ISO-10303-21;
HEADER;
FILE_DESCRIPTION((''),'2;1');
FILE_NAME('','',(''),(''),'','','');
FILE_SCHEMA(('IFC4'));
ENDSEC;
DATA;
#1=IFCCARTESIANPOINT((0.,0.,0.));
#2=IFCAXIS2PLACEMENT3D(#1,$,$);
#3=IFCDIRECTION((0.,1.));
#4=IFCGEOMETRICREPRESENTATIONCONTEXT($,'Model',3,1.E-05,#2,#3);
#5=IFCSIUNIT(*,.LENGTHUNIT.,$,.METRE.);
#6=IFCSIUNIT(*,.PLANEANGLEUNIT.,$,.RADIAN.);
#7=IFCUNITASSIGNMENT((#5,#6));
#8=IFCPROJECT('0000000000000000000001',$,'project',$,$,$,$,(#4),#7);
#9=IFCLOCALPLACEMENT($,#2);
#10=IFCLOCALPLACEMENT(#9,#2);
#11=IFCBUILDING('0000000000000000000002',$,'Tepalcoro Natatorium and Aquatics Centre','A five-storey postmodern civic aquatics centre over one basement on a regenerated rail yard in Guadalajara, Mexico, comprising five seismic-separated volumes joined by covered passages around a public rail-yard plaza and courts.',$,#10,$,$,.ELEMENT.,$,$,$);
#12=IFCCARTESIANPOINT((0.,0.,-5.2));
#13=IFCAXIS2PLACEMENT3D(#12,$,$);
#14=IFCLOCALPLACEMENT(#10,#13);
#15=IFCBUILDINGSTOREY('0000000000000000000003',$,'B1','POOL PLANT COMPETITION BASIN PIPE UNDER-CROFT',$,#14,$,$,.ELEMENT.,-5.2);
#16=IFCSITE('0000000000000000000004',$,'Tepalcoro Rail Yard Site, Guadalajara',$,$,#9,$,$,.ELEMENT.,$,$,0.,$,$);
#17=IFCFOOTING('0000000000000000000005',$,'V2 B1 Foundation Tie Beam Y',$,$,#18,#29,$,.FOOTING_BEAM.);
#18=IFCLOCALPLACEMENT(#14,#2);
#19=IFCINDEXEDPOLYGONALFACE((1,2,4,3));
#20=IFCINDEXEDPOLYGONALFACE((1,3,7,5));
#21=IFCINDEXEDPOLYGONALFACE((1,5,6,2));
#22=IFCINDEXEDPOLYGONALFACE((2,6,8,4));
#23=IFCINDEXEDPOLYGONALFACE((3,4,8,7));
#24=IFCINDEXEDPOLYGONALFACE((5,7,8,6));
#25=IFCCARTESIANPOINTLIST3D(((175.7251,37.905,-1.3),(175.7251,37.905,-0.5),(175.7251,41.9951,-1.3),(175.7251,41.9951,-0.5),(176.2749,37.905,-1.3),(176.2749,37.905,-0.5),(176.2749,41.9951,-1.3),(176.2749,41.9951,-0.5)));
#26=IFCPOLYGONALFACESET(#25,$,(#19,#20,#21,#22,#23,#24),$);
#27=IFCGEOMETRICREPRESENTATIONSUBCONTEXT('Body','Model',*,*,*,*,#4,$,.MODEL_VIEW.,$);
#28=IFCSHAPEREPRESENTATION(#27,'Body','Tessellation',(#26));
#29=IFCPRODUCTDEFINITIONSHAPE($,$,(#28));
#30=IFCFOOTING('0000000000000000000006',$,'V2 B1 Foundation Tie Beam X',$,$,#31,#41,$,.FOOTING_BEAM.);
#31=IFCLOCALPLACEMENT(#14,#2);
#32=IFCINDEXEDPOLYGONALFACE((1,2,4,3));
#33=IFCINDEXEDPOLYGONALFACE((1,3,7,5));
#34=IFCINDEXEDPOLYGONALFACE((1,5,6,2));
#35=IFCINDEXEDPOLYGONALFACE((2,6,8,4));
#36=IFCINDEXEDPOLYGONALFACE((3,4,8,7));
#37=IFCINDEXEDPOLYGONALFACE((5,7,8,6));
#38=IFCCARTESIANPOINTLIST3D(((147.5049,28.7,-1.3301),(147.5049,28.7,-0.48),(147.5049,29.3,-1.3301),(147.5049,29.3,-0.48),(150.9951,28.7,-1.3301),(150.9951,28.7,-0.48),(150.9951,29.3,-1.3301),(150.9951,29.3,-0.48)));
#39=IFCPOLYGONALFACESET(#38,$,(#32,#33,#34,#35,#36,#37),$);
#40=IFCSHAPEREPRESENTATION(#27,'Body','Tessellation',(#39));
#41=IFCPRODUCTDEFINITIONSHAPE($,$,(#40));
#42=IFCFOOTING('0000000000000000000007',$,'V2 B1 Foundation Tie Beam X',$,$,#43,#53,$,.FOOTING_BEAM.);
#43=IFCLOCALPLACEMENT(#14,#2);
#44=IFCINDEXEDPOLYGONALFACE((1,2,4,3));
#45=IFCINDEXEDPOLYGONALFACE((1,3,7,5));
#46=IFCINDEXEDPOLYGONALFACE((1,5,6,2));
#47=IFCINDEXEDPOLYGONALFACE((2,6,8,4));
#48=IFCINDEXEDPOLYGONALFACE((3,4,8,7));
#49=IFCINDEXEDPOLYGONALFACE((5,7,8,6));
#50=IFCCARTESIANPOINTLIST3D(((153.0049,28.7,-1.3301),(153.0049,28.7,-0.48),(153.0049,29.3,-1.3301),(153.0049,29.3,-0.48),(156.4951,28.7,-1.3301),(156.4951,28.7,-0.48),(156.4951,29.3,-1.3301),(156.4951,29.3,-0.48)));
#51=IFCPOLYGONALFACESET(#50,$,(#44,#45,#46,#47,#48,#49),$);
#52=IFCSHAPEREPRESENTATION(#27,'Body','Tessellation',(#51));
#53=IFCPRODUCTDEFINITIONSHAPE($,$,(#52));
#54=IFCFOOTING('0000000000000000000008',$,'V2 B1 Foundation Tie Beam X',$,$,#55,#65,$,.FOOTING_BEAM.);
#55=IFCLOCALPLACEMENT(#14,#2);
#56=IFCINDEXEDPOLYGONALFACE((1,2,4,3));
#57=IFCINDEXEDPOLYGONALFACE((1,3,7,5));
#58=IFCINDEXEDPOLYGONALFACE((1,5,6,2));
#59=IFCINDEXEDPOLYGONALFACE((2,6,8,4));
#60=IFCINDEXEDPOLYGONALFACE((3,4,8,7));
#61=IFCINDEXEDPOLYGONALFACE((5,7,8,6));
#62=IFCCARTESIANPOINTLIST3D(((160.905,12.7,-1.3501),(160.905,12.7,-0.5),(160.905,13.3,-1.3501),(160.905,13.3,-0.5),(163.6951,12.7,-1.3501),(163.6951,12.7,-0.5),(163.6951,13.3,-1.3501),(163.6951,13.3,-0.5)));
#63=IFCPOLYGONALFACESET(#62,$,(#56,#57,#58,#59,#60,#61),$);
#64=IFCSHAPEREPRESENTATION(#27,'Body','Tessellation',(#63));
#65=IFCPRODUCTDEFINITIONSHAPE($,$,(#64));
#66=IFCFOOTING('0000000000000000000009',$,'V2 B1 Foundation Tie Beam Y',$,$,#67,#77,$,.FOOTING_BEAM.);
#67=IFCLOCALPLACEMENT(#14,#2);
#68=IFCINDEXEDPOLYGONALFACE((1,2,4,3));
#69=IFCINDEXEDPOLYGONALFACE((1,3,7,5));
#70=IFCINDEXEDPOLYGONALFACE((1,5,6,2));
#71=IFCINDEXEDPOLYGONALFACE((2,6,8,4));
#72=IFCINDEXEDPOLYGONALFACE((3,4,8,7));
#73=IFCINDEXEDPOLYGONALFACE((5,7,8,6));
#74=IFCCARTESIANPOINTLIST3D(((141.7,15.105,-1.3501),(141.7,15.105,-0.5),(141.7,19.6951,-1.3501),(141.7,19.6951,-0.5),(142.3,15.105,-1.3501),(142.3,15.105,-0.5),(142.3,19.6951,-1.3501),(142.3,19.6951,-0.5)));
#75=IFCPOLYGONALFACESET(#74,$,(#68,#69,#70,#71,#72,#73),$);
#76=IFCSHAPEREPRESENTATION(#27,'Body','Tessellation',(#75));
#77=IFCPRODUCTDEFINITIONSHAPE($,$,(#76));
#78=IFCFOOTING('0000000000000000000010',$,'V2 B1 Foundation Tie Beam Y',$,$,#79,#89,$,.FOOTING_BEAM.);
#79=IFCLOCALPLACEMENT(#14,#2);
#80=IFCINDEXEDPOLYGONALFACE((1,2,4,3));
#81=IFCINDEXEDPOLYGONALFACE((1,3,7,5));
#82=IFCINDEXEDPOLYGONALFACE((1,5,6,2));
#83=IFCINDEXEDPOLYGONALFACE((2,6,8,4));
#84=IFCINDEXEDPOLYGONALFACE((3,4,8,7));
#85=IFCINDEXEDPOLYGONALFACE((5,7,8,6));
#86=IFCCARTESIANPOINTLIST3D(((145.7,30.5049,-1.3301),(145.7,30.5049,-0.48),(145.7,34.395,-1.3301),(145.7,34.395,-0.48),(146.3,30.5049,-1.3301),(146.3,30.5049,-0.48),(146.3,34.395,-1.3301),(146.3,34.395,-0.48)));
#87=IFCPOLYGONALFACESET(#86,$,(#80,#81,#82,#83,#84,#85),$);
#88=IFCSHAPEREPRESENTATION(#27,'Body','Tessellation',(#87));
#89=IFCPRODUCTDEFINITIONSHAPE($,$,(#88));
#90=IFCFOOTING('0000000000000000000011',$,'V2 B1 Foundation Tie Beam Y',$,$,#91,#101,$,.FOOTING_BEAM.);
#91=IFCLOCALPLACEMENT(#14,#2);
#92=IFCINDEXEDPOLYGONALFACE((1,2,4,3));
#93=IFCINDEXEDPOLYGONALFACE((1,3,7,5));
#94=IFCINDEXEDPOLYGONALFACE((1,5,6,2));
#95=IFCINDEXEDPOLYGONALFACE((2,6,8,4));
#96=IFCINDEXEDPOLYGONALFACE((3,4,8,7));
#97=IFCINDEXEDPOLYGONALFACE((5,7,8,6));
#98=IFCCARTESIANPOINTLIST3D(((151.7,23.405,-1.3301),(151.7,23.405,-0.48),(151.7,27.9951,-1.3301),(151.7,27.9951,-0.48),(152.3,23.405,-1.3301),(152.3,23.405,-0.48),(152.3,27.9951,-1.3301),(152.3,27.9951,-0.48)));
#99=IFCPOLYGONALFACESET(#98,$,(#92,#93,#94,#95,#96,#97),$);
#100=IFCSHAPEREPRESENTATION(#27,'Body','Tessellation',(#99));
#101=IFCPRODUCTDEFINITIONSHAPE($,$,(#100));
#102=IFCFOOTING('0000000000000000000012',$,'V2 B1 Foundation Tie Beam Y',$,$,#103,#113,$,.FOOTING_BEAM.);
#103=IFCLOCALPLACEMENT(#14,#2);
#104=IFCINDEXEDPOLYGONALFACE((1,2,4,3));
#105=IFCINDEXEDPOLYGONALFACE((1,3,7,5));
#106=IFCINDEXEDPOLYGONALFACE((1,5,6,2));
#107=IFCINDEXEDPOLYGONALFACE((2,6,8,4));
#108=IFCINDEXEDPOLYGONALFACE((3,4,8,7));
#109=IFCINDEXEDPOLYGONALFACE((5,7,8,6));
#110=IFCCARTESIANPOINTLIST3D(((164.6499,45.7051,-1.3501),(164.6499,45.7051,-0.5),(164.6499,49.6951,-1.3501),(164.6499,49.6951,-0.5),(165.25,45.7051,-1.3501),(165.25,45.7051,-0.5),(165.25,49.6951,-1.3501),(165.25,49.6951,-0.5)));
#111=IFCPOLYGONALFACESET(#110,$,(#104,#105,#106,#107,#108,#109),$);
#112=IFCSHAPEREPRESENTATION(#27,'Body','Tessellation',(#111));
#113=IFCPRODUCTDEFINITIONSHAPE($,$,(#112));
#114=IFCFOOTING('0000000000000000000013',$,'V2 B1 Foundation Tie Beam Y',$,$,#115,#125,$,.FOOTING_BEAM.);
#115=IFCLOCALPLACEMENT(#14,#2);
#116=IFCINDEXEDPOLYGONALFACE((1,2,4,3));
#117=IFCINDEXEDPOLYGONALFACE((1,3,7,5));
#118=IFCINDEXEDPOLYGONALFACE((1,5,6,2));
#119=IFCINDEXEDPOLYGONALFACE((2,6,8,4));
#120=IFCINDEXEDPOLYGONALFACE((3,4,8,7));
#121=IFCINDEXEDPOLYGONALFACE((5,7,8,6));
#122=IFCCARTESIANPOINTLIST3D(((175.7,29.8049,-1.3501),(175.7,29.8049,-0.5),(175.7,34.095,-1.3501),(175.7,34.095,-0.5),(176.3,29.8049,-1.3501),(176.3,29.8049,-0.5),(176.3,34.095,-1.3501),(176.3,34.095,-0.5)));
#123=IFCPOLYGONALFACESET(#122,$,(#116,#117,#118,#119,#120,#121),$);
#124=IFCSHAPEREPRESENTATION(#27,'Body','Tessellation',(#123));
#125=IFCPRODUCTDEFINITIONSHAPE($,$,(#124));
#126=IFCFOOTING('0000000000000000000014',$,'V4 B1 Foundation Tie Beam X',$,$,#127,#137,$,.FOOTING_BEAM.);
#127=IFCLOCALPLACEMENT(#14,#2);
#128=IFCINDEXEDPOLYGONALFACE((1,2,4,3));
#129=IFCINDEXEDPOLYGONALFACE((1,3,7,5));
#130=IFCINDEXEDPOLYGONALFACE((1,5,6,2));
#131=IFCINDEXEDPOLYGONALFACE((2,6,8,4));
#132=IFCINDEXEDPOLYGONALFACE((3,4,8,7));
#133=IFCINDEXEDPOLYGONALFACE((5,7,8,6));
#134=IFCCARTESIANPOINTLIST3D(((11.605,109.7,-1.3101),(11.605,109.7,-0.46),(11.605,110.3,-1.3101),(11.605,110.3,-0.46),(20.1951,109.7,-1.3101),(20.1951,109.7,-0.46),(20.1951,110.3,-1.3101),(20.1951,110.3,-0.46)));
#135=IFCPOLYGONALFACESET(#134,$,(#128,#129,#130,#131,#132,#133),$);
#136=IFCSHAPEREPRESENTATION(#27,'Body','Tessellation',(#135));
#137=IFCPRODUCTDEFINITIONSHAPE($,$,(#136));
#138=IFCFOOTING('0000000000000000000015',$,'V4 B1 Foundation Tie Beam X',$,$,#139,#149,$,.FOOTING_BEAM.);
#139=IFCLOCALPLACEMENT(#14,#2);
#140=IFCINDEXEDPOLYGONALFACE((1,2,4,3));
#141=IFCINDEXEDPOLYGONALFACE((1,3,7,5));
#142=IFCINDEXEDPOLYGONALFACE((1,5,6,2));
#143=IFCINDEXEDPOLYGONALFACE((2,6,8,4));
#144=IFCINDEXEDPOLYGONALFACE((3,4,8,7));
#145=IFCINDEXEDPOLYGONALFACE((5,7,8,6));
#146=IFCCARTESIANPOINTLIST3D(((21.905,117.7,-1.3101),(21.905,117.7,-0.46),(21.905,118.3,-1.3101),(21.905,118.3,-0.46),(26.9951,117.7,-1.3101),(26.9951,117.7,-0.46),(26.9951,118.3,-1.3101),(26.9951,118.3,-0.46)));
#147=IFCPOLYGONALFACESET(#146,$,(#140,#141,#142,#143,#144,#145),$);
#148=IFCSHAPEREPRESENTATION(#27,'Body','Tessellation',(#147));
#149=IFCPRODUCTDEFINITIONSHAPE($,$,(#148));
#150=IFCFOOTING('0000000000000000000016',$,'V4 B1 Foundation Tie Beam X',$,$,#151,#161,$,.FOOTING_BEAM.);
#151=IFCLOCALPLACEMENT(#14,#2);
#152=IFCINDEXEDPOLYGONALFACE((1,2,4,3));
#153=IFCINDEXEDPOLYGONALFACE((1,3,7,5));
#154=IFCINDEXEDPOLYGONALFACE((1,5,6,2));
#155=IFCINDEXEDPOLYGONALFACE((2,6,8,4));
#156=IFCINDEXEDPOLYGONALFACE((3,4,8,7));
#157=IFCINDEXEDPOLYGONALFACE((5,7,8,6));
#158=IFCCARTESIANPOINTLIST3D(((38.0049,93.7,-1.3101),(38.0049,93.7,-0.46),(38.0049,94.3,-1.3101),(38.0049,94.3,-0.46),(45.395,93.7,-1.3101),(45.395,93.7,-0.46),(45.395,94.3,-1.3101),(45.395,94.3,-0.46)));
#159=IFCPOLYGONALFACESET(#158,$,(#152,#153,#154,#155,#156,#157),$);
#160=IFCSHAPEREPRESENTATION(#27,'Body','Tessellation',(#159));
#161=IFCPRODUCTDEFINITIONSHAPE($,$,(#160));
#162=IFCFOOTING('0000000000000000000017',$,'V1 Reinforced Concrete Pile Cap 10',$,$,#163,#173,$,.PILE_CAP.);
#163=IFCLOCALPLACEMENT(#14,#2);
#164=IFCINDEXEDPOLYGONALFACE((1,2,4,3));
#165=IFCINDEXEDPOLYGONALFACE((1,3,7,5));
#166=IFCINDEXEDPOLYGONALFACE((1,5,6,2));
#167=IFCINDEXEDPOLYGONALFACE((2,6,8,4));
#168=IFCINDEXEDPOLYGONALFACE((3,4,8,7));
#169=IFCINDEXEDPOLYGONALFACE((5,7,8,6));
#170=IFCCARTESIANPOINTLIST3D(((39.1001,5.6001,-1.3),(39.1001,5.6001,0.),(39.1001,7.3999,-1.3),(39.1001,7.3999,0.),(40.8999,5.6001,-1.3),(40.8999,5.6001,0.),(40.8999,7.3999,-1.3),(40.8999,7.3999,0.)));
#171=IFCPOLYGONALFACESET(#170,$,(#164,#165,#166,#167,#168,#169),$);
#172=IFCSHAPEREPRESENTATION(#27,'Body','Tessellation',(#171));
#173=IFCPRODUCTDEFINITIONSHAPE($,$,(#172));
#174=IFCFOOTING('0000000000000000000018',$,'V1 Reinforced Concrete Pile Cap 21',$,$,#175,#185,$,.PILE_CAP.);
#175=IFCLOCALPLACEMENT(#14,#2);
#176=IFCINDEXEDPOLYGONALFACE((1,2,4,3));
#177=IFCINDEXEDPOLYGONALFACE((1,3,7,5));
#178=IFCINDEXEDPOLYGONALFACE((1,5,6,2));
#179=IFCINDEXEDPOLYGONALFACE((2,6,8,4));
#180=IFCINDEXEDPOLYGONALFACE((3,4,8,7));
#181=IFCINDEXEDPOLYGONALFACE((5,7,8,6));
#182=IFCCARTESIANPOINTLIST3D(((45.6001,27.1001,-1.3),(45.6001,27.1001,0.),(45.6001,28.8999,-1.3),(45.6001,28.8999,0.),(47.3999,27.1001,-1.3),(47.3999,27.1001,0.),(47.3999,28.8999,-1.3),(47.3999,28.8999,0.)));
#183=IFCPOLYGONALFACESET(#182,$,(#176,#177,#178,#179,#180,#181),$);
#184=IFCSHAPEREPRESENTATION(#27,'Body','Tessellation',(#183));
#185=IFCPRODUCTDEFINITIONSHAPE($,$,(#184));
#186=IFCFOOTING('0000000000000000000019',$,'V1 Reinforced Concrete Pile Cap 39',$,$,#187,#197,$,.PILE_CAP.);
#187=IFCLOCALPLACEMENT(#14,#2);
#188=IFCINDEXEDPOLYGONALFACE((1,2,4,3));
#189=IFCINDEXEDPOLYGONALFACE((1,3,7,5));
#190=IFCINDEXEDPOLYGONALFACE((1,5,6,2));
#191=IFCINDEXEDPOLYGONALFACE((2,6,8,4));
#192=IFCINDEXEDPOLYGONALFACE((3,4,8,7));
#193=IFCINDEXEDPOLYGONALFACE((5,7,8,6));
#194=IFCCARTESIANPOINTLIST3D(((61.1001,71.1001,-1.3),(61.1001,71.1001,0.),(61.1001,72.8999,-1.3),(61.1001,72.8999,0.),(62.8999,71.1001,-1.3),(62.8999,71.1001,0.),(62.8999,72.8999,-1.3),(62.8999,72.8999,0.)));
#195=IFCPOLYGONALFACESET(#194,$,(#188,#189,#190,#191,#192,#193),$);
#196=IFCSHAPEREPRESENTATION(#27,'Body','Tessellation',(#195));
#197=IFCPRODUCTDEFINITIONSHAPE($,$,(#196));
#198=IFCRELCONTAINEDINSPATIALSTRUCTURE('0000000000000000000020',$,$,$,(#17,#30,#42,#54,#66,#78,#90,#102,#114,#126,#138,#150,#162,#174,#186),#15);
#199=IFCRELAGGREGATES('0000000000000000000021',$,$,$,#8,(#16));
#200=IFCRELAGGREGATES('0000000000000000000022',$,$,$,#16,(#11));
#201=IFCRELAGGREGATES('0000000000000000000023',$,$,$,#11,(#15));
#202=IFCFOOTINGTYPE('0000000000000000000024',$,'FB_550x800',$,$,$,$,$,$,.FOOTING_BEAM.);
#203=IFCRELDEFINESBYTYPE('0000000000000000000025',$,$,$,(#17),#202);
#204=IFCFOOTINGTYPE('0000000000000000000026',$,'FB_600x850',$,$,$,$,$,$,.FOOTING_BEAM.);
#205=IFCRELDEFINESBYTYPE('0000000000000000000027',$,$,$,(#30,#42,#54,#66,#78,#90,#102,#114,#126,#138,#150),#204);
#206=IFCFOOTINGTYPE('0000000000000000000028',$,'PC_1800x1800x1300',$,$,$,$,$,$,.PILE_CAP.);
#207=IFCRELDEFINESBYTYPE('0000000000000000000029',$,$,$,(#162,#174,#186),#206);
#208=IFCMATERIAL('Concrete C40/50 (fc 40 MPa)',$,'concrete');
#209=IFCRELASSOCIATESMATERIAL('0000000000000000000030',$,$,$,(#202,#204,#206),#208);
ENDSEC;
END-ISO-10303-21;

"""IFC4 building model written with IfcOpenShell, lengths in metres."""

from ifc_helpers import new_model, si_unit, direction, frame, origin, place, context, subcontext, project, spatial, polyline, outline, extrude, material, type_object, element, save


model = new_model("IFC4")

# Units and contexts
model_context = context("Model", 3, precision=1e-05, world=origin(), true_north=direction((0.0, 1.0)))
body_context = subcontext(model_context, "Body", "Model", "MODEL_VIEW")
ifc_project = project(units=[si_unit("LENGTHUNIT", "METRE"), si_unit("PLANEANGLEUNIT", "RADIAN")], contexts=[model_context])

# Site, building, storey
site_placement = place(None, origin())
site = spatial("IfcSite", under=ifc_project, at=site_placement, Name="Tepalcoro Rail Yard Site, Guadalajara", CompositionType="ELEMENT", RefElevation=0.0)
building_placement = place(site_placement, origin())
building = spatial("IfcBuilding", under=site, at=building_placement, Name="Tepalcoro Natatorium and Aquatics Centre", Description="A five-storey postmodern civic aquatics centre over one basement on a regenerated rail yard in Guadalajara, Mexico, comprising five seismic-separated volumes joined by covered passages around a public rail-yard plaza and courts.", CompositionType="ELEMENT")
storey_placement = place(building_placement, frame((0.0, 0.0, -5.2)))
storey = spatial("IfcBuildingStorey", under=building, at=storey_placement, Name="B1", Description="POOL PLANT COMPETITION BASIN PIPE UNDER-CROFT", CompositionType="ELEMENT", Elevation=-5.2)

# Footings
ifc_material = material(Name="Concrete C40/50 (fc 40 MPa)", Category="concrete")
footing_type_1 = type_object("IfcFootingType", Name="FB_550x800", PredefinedType="FOOTING_BEAM", material=ifc_material)
footing_1_placement = place(storey_placement, frame((0.0, 0.0, -1.3)))
element("IfcFooting", 1, at=footing_1_placement, inside=storey, type_object=footing_type_1, Name="V2 B1 Foundation Tie Beam Y", PredefinedType="FOOTING_BEAM", context=body_context, shape_type="SweptSolid", body=[
    extrude(outline(polyline([(176.2749, 37.905), (176.2749, 41.9951), (175.7251, 41.9951), (175.7251, 37.905), (176.2749, 37.905)])), origin(), (0.0, 0.0, 1.0), 0.8),
])
footing_type_2 = type_object("IfcFootingType", Name="FB_600x850", PredefinedType="FOOTING_BEAM", material=ifc_material)
footing_2_placement = place(storey_placement, frame((0.0, 0.0, -1.3301)))
element("IfcFooting", 2, at=footing_2_placement, inside=storey, type_object=footing_type_2, Name="V2 B1 Foundation Tie Beam X", PredefinedType="FOOTING_BEAM", context=body_context, shape_type="SweptSolid", body=[
    extrude(outline(polyline([(147.5049, 28.7), (150.9951, 28.7), (150.9951, 29.3), (147.5049, 29.3), (147.5049, 28.7)])), origin(), (0.0, 0.0, 1.0), 0.8501),
])
footing_3_placement = place(storey_placement, frame((0.0, 0.0, -1.3301)))
element("IfcFooting", 3, at=footing_3_placement, inside=storey, type_object=footing_type_2, Name="V2 B1 Foundation Tie Beam X", PredefinedType="FOOTING_BEAM", context=body_context, shape_type="SweptSolid", body=[
    extrude(outline(polyline([(153.0049, 28.7), (156.4951, 28.7), (156.4951, 29.3), (153.0049, 29.3), (153.0049, 28.7)])), origin(), (0.0, 0.0, 1.0), 0.8501),
])
footing_4_placement = place(storey_placement, frame((0.0, 0.0, -1.3501)))
element("IfcFooting", 4, at=footing_4_placement, inside=storey, type_object=footing_type_2, Name="V2 B1 Foundation Tie Beam X", PredefinedType="FOOTING_BEAM", context=body_context, shape_type="SweptSolid", body=[
    extrude(outline(polyline([(160.905, 12.7), (163.6951, 12.7), (163.6951, 13.3), (160.905, 13.3), (160.905, 12.7)])), origin(), (0.0, 0.0, 1.0), 0.8501),
])
footing_5_placement = place(storey_placement, frame((0.0, 0.0, -1.3501)))
element("IfcFooting", 5, at=footing_5_placement, inside=storey, type_object=footing_type_2, Name="V2 B1 Foundation Tie Beam Y", PredefinedType="FOOTING_BEAM", context=body_context, shape_type="SweptSolid", body=[
    extrude(outline(polyline([(142.3, 15.105), (142.3, 19.6951), (141.7, 19.6951), (141.7, 15.105), (142.3, 15.105)])), origin(), (0.0, 0.0, 1.0), 0.8501),
])
footing_6_placement = place(storey_placement, frame((0.0, 0.0, -1.3301)))
element("IfcFooting", 6, at=footing_6_placement, inside=storey, type_object=footing_type_2, Name="V2 B1 Foundation Tie Beam Y", PredefinedType="FOOTING_BEAM", context=body_context, shape_type="SweptSolid", body=[
    extrude(outline(polyline([(146.3, 30.5049), (146.3, 34.395), (145.7, 34.395), (145.7, 30.5049), (146.3, 30.5049)])), origin(), (0.0, 0.0, 1.0), 0.8501),
])
footing_7_placement = place(storey_placement, frame((0.0, 0.0, -1.3301)))
element("IfcFooting", 7, at=footing_7_placement, inside=storey, type_object=footing_type_2, Name="V2 B1 Foundation Tie Beam Y", PredefinedType="FOOTING_BEAM", context=body_context, shape_type="SweptSolid", body=[
    extrude(outline(polyline([(152.3, 23.405), (152.3, 27.9951), (151.7, 27.9951), (151.7, 23.405), (152.3, 23.405)])), origin(), (0.0, 0.0, 1.0), 0.8501),
])
footing_8_placement = place(storey_placement, frame((0.0, 0.0, -1.3501)))
element("IfcFooting", 8, at=footing_8_placement, inside=storey, type_object=footing_type_2, Name="V2 B1 Foundation Tie Beam Y", PredefinedType="FOOTING_BEAM", context=body_context, shape_type="SweptSolid", body=[
    extrude(outline(polyline([(165.25, 45.7051), (165.25, 49.6951), (164.6499, 49.6951), (164.6499, 45.7051), (165.25, 45.7051)])), origin(), (0.0, 0.0, 1.0), 0.8501),
])
footing_9_placement = place(storey_placement, frame((0.0, 0.0, -1.3501)))
element("IfcFooting", 9, at=footing_9_placement, inside=storey, type_object=footing_type_2, Name="V2 B1 Foundation Tie Beam Y", PredefinedType="FOOTING_BEAM", context=body_context, shape_type="SweptSolid", body=[
    extrude(outline(polyline([(176.3, 29.8049), (176.3, 34.095), (175.7, 34.095), (175.7, 29.8049), (176.3, 29.8049)])), origin(), (0.0, 0.0, 1.0), 0.8501),
])
footing_10_placement = place(storey_placement, frame((0.0, 0.0, -1.3101)))
element("IfcFooting", 10, at=footing_10_placement, inside=storey, type_object=footing_type_2, Name="V4 B1 Foundation Tie Beam X", PredefinedType="FOOTING_BEAM", context=body_context, shape_type="SweptSolid", body=[
    extrude(outline(polyline([(11.605, 109.7), (20.1951, 109.7), (20.1951, 110.3), (11.605, 110.3), (11.605, 109.7)])), origin(), (0.0, 0.0, 1.0), 0.8501),
])
footing_11_placement = place(storey_placement, frame((0.0, 0.0, -1.3101)))
element("IfcFooting", 11, at=footing_11_placement, inside=storey, type_object=footing_type_2, Name="V4 B1 Foundation Tie Beam X", PredefinedType="FOOTING_BEAM", context=body_context, shape_type="SweptSolid", body=[
    extrude(outline(polyline([(21.905, 117.7), (26.9951, 117.7), (26.9951, 118.3), (21.905, 118.3), (21.905, 117.7)])), origin(), (0.0, 0.0, 1.0), 0.8501),
])
footing_12_placement = place(storey_placement, frame((0.0, 0.0, -1.3101)))
element("IfcFooting", 12, at=footing_12_placement, inside=storey, type_object=footing_type_2, Name="V4 B1 Foundation Tie Beam X", PredefinedType="FOOTING_BEAM", context=body_context, shape_type="SweptSolid", body=[
    extrude(outline(polyline([(38.0049, 93.7), (45.395, 93.7), (45.395, 94.3), (38.0049, 94.3), (38.0049, 93.7)])), origin(), (0.0, 0.0, 1.0), 0.8501),
])
footing_type_3 = type_object("IfcFootingType", Name="PC_1800x1800x1300", PredefinedType="PILE_CAP", material=ifc_material)
footing_13_placement = place(storey_placement, frame((0.0, 0.0, -1.3)))
element("IfcFooting", 13, at=footing_13_placement, inside=storey, type_object=footing_type_3, Name="V1 Reinforced Concrete Pile Cap 10", PredefinedType="PILE_CAP", context=body_context, shape_type="SweptSolid", body=[
    extrude(outline(polyline([(39.1001, 5.6001), (40.8999, 5.6001), (40.8999, 7.3999), (39.1001, 7.3999), (39.1001, 5.6001)])), origin(), (0.0, 0.0, 1.0), 1.3),
])
footing_14_placement = place(storey_placement, frame((0.0, 0.0, -1.3)))
element("IfcFooting", 14, at=footing_14_placement, inside=storey, type_object=footing_type_3, Name="V1 Reinforced Concrete Pile Cap 21", PredefinedType="PILE_CAP", context=body_context, shape_type="SweptSolid", body=[
    extrude(outline(polyline([(45.6001, 27.1001), (47.3999, 27.1001), (47.3999, 28.8999), (45.6001, 28.8999), (45.6001, 27.1001)])), origin(), (0.0, 0.0, 1.0), 1.3),
])
footing_15_placement = place(storey_placement, frame((0.0, 0.0, -1.3)))
element("IfcFooting", 15, at=footing_15_placement, inside=storey, type_object=footing_type_3, Name="V1 Reinforced Concrete Pile Cap 39", PredefinedType="PILE_CAP", context=body_context, shape_type="SweptSolid", body=[
    extrude(outline(polyline([(61.1001, 71.1001), (62.8999, 71.1001), (62.8999, 72.8999), (61.1001, 72.8999), (61.1001, 71.1001)])), origin(), (0.0, 0.0, 1.0), 1.3),
])

save(model, "model.ifc")
